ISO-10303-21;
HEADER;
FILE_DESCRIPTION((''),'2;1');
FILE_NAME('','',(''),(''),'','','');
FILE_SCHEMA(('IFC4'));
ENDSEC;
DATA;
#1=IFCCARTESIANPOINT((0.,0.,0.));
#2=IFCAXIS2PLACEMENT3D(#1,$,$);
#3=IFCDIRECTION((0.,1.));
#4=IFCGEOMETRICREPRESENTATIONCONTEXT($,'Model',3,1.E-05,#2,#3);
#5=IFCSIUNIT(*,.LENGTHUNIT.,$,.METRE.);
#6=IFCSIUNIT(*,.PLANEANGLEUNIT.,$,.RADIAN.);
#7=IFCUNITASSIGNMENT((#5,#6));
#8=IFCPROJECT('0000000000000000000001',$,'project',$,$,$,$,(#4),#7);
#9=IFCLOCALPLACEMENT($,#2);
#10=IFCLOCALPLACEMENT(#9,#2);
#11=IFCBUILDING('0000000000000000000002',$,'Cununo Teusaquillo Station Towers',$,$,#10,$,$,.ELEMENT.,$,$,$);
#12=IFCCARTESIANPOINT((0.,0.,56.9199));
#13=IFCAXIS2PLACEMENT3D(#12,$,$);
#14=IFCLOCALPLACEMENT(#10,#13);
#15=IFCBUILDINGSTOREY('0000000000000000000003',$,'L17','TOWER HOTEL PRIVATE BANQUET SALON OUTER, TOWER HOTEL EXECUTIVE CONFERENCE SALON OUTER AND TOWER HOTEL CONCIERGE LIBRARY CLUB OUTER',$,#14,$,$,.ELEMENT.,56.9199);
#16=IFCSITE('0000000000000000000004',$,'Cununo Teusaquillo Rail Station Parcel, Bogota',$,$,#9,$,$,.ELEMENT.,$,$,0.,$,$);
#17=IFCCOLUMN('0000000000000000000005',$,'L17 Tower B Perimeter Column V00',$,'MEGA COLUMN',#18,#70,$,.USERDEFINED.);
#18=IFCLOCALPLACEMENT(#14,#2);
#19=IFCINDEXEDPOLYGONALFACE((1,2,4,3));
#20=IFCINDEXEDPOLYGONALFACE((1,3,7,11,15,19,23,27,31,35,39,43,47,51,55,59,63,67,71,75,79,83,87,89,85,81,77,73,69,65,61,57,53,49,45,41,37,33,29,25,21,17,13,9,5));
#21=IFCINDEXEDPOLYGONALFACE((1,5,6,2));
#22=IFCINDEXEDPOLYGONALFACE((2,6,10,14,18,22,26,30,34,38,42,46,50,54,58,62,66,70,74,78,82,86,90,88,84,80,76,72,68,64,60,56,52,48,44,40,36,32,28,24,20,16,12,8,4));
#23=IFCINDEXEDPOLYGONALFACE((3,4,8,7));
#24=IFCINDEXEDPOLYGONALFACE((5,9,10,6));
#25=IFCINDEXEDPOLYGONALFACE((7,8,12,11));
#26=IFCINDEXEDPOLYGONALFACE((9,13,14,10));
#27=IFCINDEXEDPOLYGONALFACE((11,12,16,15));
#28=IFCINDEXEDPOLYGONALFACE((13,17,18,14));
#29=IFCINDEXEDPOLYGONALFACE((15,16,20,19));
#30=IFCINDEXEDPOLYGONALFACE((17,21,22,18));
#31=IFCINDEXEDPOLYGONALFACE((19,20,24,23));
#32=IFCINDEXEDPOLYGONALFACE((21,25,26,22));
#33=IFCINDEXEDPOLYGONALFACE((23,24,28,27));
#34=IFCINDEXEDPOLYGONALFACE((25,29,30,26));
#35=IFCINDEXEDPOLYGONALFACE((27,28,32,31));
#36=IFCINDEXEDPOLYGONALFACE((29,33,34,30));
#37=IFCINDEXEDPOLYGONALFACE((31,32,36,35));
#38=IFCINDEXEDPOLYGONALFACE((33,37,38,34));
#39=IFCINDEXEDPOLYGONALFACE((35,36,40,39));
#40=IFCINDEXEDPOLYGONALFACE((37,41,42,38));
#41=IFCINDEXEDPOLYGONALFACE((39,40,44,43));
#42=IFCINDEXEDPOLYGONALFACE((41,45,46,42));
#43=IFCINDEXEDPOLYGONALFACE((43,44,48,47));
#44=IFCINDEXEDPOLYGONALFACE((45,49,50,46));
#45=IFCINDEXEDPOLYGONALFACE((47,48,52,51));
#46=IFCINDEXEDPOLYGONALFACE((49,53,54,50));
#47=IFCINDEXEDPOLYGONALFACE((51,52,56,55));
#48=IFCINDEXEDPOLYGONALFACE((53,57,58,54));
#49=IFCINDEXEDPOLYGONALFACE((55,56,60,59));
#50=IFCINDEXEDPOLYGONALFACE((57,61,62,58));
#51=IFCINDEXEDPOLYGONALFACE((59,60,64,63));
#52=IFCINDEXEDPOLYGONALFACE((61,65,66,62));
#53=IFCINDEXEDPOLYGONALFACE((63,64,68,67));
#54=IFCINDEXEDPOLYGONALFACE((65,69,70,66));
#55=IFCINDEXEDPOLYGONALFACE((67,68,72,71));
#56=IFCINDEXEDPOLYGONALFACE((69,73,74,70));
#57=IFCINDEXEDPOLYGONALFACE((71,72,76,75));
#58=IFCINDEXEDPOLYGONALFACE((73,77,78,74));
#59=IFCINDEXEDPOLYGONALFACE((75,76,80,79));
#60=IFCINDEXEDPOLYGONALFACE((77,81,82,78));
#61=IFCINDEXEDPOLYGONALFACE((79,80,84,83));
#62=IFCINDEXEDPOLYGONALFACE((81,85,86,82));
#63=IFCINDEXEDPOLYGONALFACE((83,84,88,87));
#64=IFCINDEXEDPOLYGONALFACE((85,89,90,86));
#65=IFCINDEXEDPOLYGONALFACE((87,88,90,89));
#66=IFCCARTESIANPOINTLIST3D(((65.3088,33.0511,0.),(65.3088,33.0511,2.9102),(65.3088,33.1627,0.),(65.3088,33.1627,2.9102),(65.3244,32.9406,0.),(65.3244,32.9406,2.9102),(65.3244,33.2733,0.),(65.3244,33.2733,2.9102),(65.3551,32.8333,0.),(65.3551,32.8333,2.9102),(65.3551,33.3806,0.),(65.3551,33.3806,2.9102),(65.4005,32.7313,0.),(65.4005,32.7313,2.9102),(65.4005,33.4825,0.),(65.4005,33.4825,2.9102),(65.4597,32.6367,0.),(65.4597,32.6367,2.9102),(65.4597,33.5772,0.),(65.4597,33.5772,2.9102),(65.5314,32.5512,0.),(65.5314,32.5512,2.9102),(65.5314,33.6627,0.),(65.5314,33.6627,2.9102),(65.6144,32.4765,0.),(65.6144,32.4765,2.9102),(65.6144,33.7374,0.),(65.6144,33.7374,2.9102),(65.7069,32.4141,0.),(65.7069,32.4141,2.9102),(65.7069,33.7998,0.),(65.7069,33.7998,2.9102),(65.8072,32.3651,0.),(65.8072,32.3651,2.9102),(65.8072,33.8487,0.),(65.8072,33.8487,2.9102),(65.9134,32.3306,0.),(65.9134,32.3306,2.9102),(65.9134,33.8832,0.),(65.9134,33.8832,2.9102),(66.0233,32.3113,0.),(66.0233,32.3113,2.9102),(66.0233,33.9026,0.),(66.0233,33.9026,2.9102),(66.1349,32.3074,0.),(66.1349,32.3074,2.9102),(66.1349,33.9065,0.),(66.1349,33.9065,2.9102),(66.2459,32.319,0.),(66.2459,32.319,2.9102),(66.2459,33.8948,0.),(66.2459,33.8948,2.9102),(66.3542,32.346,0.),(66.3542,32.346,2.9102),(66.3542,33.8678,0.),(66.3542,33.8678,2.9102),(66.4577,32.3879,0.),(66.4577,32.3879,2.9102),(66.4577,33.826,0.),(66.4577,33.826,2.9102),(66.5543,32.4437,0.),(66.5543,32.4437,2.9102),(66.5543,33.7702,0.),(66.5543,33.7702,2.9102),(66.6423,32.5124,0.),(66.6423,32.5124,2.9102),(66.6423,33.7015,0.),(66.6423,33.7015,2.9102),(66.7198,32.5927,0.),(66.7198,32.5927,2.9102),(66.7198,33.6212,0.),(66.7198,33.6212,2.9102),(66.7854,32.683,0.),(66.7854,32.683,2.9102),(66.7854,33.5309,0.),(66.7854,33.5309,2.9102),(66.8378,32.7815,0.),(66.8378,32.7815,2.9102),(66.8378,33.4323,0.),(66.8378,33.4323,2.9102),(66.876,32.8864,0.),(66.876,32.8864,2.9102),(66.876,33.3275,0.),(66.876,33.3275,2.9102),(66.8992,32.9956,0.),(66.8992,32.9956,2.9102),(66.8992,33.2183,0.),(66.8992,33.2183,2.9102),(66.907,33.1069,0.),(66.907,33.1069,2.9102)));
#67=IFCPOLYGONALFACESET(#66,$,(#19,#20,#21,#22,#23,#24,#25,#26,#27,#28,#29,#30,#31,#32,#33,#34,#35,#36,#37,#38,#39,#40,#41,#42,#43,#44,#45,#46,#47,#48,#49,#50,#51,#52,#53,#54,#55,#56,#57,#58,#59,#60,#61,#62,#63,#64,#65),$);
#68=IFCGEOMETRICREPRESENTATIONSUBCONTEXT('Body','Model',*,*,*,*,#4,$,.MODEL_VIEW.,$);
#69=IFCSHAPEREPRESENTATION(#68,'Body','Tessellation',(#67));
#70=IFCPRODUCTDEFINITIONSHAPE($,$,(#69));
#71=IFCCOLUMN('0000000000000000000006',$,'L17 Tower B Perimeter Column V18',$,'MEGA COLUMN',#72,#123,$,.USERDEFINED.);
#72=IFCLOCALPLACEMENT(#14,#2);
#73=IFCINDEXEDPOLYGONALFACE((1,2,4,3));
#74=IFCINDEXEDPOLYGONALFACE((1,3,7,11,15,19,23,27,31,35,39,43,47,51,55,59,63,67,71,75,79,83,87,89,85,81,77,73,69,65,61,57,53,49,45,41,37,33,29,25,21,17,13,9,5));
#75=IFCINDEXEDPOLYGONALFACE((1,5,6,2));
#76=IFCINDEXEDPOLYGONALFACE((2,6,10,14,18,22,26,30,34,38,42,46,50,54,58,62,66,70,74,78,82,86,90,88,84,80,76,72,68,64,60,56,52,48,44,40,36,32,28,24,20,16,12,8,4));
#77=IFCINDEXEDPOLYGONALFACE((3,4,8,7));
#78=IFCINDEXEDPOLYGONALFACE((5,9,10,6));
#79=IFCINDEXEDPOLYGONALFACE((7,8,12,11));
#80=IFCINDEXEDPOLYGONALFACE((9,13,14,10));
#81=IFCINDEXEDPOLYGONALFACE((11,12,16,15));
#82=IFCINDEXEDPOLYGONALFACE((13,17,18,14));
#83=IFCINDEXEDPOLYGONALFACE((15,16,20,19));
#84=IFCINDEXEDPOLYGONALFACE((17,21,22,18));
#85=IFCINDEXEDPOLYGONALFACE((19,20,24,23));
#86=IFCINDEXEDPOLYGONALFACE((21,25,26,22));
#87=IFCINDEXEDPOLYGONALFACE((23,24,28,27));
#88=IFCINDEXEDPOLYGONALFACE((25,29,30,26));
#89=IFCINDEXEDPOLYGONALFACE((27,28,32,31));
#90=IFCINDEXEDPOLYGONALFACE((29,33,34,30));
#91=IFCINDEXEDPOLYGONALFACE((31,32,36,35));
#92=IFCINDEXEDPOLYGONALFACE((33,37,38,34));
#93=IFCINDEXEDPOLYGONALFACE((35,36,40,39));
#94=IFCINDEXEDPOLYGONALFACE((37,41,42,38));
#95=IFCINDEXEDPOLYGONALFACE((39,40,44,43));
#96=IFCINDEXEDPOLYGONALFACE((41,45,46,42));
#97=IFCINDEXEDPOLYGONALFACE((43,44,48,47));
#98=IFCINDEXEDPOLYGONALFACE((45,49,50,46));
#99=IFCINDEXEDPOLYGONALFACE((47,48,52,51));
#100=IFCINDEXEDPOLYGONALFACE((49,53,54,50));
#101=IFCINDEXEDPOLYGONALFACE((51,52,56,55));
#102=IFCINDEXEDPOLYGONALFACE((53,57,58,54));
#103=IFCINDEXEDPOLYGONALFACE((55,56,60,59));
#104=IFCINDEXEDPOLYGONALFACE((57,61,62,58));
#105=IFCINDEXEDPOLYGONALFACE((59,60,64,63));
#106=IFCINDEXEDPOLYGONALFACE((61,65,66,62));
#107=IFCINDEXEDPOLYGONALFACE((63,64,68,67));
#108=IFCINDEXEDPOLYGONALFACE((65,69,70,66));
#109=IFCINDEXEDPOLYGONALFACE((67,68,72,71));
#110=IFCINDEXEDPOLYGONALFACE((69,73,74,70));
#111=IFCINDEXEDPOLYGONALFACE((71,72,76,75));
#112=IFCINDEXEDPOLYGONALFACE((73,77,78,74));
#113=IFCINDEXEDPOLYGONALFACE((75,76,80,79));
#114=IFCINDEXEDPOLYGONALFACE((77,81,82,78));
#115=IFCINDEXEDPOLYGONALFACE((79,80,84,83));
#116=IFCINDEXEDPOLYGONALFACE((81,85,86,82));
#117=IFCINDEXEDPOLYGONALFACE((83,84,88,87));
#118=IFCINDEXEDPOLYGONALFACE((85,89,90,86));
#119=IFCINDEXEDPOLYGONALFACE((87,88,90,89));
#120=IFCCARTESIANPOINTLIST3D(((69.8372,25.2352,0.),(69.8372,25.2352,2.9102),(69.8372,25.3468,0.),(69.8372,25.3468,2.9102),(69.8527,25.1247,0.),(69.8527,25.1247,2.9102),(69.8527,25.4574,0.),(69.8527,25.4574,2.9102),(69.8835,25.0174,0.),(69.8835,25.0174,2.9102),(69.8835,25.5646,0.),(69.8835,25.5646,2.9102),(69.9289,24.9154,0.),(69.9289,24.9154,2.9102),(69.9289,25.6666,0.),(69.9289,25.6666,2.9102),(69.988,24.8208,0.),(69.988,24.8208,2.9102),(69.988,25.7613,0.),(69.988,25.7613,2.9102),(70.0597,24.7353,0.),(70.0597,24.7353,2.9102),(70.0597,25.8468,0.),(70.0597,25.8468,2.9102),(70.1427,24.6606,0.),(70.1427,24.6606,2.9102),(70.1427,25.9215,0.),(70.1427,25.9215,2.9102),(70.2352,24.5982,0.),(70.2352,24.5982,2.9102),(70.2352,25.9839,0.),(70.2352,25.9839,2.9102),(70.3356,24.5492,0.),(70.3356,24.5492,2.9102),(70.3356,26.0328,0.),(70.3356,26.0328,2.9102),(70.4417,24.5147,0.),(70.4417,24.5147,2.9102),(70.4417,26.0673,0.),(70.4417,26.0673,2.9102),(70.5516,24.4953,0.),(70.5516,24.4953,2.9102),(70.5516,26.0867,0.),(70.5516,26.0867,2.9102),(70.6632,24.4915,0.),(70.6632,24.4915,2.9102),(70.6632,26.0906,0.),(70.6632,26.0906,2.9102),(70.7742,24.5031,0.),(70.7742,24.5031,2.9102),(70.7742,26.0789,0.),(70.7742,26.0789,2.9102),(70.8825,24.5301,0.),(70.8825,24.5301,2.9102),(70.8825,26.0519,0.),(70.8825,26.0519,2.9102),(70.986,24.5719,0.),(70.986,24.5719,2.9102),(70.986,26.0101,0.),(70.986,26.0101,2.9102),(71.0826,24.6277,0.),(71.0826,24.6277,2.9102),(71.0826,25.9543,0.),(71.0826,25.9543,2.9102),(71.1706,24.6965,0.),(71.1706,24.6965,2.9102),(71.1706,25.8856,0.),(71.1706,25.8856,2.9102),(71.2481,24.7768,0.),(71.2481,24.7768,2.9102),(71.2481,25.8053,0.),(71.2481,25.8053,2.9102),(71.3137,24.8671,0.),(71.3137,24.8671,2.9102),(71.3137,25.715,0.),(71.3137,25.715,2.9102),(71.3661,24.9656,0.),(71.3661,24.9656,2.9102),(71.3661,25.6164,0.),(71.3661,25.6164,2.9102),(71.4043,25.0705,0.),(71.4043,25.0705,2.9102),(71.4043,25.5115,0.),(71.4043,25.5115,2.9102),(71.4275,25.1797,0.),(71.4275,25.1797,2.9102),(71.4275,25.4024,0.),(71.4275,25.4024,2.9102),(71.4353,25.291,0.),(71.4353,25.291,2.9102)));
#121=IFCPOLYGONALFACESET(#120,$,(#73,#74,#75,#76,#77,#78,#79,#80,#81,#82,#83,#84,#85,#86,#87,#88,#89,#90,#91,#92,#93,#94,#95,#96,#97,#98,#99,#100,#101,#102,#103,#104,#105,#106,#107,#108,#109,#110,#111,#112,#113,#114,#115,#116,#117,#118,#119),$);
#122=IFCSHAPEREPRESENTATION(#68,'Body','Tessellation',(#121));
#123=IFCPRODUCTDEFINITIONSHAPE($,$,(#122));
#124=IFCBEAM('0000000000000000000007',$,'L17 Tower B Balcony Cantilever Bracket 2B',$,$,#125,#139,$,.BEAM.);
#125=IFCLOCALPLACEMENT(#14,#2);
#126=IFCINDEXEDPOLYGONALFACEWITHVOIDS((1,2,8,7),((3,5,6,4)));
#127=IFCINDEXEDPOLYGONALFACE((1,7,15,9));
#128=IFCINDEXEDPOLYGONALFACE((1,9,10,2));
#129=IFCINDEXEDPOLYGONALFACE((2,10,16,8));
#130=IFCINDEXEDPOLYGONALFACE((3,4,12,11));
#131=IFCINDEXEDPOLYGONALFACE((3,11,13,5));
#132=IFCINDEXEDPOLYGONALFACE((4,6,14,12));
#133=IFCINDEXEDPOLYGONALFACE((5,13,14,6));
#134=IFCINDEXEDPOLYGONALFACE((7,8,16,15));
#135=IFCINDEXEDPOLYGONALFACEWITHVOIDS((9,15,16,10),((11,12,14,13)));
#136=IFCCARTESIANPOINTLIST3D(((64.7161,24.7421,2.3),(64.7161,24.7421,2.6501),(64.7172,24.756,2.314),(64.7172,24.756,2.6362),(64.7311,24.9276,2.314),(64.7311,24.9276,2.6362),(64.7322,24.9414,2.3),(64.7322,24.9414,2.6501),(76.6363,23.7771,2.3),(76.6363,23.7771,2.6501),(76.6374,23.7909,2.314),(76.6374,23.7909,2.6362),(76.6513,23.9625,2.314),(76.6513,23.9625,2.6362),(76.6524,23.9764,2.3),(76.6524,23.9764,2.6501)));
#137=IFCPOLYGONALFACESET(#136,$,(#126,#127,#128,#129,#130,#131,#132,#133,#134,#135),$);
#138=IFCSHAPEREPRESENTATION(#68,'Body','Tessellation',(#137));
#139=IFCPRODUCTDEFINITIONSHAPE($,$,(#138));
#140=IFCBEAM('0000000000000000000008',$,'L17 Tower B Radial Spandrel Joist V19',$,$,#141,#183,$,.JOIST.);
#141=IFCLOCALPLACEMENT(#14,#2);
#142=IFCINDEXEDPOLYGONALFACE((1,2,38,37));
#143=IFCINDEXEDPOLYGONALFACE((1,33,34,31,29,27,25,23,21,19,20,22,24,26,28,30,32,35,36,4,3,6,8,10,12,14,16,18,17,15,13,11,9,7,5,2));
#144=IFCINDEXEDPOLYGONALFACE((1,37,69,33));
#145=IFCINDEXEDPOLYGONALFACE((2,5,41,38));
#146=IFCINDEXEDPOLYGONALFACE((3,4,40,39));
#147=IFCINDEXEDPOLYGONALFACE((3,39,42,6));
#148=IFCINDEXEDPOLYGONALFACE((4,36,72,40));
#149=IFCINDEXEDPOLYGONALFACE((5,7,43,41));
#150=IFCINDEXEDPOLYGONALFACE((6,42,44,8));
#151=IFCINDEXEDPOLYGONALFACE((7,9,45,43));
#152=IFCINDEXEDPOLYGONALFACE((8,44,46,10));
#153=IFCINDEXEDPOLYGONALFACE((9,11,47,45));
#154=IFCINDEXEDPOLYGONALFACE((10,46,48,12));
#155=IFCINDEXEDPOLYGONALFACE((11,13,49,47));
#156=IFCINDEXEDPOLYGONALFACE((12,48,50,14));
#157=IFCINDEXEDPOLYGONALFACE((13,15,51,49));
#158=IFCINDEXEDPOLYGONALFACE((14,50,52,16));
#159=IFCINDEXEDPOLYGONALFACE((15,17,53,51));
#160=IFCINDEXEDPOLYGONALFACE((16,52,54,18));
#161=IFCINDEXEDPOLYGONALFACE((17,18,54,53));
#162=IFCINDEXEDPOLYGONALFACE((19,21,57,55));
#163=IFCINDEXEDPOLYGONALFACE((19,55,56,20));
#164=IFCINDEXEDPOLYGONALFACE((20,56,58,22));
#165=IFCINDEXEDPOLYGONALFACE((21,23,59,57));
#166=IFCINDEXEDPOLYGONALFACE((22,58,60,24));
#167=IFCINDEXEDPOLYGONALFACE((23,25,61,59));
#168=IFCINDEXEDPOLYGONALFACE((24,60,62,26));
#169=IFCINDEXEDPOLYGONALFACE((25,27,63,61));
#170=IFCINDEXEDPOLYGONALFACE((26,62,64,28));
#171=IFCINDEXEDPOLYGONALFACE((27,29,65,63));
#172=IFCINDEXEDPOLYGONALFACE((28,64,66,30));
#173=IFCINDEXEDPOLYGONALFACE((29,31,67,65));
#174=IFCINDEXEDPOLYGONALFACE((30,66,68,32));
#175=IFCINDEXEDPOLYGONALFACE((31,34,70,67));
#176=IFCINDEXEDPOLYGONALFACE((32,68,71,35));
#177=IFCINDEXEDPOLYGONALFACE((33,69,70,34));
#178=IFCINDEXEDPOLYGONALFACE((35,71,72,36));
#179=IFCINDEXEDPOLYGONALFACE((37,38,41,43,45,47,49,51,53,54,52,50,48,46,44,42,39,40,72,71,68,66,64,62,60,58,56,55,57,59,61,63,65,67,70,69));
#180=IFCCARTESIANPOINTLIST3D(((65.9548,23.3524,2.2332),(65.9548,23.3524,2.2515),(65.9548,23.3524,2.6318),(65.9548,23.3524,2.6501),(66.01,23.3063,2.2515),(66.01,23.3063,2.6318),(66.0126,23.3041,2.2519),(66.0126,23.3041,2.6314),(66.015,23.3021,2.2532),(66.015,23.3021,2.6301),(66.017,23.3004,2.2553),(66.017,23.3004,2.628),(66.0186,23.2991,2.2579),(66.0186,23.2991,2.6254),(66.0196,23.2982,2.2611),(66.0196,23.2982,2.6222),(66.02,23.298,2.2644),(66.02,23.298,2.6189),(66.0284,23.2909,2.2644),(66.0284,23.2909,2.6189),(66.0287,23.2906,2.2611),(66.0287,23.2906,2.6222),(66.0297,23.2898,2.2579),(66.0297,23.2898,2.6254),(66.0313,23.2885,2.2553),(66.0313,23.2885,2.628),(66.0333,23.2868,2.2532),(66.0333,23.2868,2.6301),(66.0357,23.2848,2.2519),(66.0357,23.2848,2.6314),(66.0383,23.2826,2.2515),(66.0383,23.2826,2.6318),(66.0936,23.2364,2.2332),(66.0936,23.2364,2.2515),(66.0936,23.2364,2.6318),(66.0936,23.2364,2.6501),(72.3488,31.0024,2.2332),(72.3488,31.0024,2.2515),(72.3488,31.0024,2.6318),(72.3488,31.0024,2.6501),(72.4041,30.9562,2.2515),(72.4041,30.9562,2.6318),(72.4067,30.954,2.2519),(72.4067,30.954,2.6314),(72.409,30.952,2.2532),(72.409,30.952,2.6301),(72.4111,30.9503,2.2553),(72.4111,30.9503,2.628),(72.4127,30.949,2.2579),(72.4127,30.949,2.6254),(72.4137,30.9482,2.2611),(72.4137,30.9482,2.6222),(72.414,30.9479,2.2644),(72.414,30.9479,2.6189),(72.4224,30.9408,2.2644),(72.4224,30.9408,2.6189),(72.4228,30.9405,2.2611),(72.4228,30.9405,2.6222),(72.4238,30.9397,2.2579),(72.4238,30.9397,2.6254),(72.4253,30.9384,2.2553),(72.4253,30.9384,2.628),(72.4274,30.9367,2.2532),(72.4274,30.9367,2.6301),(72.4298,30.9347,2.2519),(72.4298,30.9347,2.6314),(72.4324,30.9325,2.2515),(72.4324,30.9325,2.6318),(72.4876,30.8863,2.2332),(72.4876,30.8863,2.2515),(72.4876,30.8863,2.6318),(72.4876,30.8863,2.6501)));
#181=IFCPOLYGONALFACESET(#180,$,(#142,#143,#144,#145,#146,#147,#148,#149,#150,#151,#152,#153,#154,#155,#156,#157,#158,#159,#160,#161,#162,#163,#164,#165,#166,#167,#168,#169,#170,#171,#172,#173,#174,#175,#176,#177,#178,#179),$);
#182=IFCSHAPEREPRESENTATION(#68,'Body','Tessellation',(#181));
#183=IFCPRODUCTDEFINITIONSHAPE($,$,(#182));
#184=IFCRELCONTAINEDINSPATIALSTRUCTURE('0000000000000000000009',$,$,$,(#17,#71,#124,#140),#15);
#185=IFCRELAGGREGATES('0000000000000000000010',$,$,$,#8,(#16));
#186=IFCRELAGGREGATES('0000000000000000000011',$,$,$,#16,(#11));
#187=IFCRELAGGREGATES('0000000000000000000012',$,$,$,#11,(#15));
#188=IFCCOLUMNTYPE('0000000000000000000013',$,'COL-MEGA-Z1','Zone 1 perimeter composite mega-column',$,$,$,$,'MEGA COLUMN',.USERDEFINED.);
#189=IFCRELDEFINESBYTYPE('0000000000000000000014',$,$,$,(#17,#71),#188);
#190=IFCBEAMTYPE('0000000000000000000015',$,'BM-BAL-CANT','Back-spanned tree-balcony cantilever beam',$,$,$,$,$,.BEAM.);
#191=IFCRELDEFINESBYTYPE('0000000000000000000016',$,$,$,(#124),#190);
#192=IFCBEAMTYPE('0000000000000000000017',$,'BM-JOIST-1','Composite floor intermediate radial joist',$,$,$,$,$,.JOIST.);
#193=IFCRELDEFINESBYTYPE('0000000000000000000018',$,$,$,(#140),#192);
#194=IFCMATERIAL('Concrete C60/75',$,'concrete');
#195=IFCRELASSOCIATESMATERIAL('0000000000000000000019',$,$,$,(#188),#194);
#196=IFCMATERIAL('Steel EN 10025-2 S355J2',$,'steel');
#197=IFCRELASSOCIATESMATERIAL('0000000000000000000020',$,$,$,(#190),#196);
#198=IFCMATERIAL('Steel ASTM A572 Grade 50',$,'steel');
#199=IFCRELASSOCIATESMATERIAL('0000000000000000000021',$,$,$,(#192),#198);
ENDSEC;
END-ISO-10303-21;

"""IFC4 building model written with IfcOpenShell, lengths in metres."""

from ifc_helpers import new_model, si_unit, direction, frame, origin, origin_2d, place, context, subcontext, project, spatial, hollow_rectangle, circle, i_section, extrude, material, material_profile, profile_set, type_object, element, save


model = new_model("IFC4")

# Units and contexts
model_context = context("Model", 3, precision=1e-05, world=origin(), true_north=direction((0.0, 1.0)))
body_context = subcontext(model_context, "Body", "Model", "MODEL_VIEW")
ifc_project = project(units=[si_unit("LENGTHUNIT", "METRE"), si_unit("PLANEANGLEUNIT", "RADIAN")], contexts=[model_context])

# Site, building, storey
site_placement = place(None, origin())
site = spatial("IfcSite", under=ifc_project, at=site_placement, Name="Cununo Teusaquillo Rail Station Parcel, Bogota", CompositionType="ELEMENT", RefElevation=0.0)
building_placement = place(site_placement, origin())
building = spatial("IfcBuilding", under=site, at=building_placement, Name="Cununo Teusaquillo Station Towers", CompositionType="ELEMENT")
storey_placement = place(building_placement, frame((0.0, 0.0, 56.9199)))
storey = spatial("IfcBuildingStorey", under=building, at=storey_placement, Name="L17", Description="TOWER HOTEL PRIVATE BANQUET SALON OUTER, TOWER HOTEL EXECUTIVE CONFERENCE SALON OUTER AND TOWER HOTEL CONCIERGE LIBRARY CLUB OUTER", CompositionType="ELEMENT", Elevation=56.9199)

# Columns
ifc_material_1 = material(Name="Concrete C60/75", Category="concrete")
ifc_material_profile_1 = material_profile(ifc_material_1, circle(Radius=0.8, at=origin_2d()), Name="RC-CIRC-1600")
ifc_profile_set_1 = profile_set([ifc_material_profile_1], Name="Concrete C60/75")
column_type = type_object("IfcColumnType", Name="COL-MEGA-Z1", Description="Zone 1 perimeter composite mega-column", ElementType="MEGA COLUMN", PredefinedType="USERDEFINED", material=ifc_profile_set_1)
for number, where, z_axis, x_axis, name in (
    (1, (66.1069, 33.1069, 0.0), (0.0, 0.0, 1.0), (1.0, 0.0, 0.0), "L17 Tower B Perimeter Column V00"),
    (2, (70.6353, 25.291, 0.0), (0.0, 0.0, 1.0), (1.0, 0.0, 0.0), "L17 Tower B Perimeter Column V18"),
):
    element("IfcColumn", number, at=place(storey_placement, frame(where, z_axis=z_axis, x_axis=x_axis)), inside=storey, type_object=column_type, Name=name, ObjectType="MEGA COLUMN", PredefinedType="USERDEFINED", context=body_context, shape_type="SweptSolid", body=[
        extrude(circle(Radius=0.8, at=origin_2d()), origin(), (0.0, 0.0, 1.0), 2.9102),
    ])

# Beams
ifc_material_2 = material(Name="Steel EN 10025-2 S355J2", Category="steel")
ifc_material_profile_2 = material_profile(ifc_material_2, hollow_rectangle(XDim=0.2, YDim=0.3501, WallThickness=0.0139, at=origin_2d()), Name="RHS 350x200x14")
ifc_profile_set_2 = profile_set([ifc_material_profile_2], Name="Steel EN 10025-2 S355J2")
beam_type_1 = type_object("IfcBeamType", Name="BM-BAL-CANT", Description="Back-spanned tree-balcony cantilever beam", PredefinedType="BEAM", material=ifc_profile_set_2)
beam_1_placement = place(storey_placement, frame((64.7241, 24.8418, 2.4751), z_axis=(0.996739, -0.080699, 0.0), x_axis=(0.080699, 0.996739, 0.0)))
element("IfcBeam", 3, at=beam_1_placement, inside=storey, type_object=beam_type_1, Name="L17 Tower B Balcony Cantilever Bracket 2B", PredefinedType="BEAM", context=body_context, shape_type="SweptSolid", body=[
    extrude(hollow_rectangle(XDim=0.2, YDim=0.3501, WallThickness=0.0139, at=origin_2d()), origin(), (0.0, 0.0, 1.0), 11.9592),
])
ifc_material_3 = material(Name="Steel ASTM A572 Grade 50", Category="steel")
ifc_material_profile_3 = material_profile(ifc_material_3, i_section(OverallWidth=0.1809, OverallDepth=0.417, WebThickness=0.011, FlangeThickness=0.0183, FilletRadius=0.0129, at=origin_2d()), Name="W16X57")
ifc_profile_set_3 = profile_set([ifc_material_profile_3], Name="Steel ASTM A572 Grade 50")
beam_type_2 = type_object("IfcBeamType", Name="BM-JOIST-1", Description="Composite floor intermediate radial joist", PredefinedType="JOIST", material=ifc_profile_set_3)
beam_2_placement = place(storey_placement, frame((66.0242, 23.2944, 2.4417), z_axis=(0.641316, 0.767277, 0.0), x_axis=(-0.767277, 0.641316, 0.0)))
element("IfcBeam", 4, at=beam_2_placement, inside=storey, type_object=beam_type_2, Name="L17 Tower B Radial Spandrel Joist V19", PredefinedType="JOIST", context=body_context, shape_type="SweptSolid", body=[
    extrude(i_section(OverallWidth=0.1809, OverallDepth=0.417, WebThickness=0.011, FlangeThickness=0.0183, FilletRadius=0.0129, at=origin_2d()), origin(), (0.0, 0.0, 1.0), 9.9702),
])

save(model, "model.ifc")
